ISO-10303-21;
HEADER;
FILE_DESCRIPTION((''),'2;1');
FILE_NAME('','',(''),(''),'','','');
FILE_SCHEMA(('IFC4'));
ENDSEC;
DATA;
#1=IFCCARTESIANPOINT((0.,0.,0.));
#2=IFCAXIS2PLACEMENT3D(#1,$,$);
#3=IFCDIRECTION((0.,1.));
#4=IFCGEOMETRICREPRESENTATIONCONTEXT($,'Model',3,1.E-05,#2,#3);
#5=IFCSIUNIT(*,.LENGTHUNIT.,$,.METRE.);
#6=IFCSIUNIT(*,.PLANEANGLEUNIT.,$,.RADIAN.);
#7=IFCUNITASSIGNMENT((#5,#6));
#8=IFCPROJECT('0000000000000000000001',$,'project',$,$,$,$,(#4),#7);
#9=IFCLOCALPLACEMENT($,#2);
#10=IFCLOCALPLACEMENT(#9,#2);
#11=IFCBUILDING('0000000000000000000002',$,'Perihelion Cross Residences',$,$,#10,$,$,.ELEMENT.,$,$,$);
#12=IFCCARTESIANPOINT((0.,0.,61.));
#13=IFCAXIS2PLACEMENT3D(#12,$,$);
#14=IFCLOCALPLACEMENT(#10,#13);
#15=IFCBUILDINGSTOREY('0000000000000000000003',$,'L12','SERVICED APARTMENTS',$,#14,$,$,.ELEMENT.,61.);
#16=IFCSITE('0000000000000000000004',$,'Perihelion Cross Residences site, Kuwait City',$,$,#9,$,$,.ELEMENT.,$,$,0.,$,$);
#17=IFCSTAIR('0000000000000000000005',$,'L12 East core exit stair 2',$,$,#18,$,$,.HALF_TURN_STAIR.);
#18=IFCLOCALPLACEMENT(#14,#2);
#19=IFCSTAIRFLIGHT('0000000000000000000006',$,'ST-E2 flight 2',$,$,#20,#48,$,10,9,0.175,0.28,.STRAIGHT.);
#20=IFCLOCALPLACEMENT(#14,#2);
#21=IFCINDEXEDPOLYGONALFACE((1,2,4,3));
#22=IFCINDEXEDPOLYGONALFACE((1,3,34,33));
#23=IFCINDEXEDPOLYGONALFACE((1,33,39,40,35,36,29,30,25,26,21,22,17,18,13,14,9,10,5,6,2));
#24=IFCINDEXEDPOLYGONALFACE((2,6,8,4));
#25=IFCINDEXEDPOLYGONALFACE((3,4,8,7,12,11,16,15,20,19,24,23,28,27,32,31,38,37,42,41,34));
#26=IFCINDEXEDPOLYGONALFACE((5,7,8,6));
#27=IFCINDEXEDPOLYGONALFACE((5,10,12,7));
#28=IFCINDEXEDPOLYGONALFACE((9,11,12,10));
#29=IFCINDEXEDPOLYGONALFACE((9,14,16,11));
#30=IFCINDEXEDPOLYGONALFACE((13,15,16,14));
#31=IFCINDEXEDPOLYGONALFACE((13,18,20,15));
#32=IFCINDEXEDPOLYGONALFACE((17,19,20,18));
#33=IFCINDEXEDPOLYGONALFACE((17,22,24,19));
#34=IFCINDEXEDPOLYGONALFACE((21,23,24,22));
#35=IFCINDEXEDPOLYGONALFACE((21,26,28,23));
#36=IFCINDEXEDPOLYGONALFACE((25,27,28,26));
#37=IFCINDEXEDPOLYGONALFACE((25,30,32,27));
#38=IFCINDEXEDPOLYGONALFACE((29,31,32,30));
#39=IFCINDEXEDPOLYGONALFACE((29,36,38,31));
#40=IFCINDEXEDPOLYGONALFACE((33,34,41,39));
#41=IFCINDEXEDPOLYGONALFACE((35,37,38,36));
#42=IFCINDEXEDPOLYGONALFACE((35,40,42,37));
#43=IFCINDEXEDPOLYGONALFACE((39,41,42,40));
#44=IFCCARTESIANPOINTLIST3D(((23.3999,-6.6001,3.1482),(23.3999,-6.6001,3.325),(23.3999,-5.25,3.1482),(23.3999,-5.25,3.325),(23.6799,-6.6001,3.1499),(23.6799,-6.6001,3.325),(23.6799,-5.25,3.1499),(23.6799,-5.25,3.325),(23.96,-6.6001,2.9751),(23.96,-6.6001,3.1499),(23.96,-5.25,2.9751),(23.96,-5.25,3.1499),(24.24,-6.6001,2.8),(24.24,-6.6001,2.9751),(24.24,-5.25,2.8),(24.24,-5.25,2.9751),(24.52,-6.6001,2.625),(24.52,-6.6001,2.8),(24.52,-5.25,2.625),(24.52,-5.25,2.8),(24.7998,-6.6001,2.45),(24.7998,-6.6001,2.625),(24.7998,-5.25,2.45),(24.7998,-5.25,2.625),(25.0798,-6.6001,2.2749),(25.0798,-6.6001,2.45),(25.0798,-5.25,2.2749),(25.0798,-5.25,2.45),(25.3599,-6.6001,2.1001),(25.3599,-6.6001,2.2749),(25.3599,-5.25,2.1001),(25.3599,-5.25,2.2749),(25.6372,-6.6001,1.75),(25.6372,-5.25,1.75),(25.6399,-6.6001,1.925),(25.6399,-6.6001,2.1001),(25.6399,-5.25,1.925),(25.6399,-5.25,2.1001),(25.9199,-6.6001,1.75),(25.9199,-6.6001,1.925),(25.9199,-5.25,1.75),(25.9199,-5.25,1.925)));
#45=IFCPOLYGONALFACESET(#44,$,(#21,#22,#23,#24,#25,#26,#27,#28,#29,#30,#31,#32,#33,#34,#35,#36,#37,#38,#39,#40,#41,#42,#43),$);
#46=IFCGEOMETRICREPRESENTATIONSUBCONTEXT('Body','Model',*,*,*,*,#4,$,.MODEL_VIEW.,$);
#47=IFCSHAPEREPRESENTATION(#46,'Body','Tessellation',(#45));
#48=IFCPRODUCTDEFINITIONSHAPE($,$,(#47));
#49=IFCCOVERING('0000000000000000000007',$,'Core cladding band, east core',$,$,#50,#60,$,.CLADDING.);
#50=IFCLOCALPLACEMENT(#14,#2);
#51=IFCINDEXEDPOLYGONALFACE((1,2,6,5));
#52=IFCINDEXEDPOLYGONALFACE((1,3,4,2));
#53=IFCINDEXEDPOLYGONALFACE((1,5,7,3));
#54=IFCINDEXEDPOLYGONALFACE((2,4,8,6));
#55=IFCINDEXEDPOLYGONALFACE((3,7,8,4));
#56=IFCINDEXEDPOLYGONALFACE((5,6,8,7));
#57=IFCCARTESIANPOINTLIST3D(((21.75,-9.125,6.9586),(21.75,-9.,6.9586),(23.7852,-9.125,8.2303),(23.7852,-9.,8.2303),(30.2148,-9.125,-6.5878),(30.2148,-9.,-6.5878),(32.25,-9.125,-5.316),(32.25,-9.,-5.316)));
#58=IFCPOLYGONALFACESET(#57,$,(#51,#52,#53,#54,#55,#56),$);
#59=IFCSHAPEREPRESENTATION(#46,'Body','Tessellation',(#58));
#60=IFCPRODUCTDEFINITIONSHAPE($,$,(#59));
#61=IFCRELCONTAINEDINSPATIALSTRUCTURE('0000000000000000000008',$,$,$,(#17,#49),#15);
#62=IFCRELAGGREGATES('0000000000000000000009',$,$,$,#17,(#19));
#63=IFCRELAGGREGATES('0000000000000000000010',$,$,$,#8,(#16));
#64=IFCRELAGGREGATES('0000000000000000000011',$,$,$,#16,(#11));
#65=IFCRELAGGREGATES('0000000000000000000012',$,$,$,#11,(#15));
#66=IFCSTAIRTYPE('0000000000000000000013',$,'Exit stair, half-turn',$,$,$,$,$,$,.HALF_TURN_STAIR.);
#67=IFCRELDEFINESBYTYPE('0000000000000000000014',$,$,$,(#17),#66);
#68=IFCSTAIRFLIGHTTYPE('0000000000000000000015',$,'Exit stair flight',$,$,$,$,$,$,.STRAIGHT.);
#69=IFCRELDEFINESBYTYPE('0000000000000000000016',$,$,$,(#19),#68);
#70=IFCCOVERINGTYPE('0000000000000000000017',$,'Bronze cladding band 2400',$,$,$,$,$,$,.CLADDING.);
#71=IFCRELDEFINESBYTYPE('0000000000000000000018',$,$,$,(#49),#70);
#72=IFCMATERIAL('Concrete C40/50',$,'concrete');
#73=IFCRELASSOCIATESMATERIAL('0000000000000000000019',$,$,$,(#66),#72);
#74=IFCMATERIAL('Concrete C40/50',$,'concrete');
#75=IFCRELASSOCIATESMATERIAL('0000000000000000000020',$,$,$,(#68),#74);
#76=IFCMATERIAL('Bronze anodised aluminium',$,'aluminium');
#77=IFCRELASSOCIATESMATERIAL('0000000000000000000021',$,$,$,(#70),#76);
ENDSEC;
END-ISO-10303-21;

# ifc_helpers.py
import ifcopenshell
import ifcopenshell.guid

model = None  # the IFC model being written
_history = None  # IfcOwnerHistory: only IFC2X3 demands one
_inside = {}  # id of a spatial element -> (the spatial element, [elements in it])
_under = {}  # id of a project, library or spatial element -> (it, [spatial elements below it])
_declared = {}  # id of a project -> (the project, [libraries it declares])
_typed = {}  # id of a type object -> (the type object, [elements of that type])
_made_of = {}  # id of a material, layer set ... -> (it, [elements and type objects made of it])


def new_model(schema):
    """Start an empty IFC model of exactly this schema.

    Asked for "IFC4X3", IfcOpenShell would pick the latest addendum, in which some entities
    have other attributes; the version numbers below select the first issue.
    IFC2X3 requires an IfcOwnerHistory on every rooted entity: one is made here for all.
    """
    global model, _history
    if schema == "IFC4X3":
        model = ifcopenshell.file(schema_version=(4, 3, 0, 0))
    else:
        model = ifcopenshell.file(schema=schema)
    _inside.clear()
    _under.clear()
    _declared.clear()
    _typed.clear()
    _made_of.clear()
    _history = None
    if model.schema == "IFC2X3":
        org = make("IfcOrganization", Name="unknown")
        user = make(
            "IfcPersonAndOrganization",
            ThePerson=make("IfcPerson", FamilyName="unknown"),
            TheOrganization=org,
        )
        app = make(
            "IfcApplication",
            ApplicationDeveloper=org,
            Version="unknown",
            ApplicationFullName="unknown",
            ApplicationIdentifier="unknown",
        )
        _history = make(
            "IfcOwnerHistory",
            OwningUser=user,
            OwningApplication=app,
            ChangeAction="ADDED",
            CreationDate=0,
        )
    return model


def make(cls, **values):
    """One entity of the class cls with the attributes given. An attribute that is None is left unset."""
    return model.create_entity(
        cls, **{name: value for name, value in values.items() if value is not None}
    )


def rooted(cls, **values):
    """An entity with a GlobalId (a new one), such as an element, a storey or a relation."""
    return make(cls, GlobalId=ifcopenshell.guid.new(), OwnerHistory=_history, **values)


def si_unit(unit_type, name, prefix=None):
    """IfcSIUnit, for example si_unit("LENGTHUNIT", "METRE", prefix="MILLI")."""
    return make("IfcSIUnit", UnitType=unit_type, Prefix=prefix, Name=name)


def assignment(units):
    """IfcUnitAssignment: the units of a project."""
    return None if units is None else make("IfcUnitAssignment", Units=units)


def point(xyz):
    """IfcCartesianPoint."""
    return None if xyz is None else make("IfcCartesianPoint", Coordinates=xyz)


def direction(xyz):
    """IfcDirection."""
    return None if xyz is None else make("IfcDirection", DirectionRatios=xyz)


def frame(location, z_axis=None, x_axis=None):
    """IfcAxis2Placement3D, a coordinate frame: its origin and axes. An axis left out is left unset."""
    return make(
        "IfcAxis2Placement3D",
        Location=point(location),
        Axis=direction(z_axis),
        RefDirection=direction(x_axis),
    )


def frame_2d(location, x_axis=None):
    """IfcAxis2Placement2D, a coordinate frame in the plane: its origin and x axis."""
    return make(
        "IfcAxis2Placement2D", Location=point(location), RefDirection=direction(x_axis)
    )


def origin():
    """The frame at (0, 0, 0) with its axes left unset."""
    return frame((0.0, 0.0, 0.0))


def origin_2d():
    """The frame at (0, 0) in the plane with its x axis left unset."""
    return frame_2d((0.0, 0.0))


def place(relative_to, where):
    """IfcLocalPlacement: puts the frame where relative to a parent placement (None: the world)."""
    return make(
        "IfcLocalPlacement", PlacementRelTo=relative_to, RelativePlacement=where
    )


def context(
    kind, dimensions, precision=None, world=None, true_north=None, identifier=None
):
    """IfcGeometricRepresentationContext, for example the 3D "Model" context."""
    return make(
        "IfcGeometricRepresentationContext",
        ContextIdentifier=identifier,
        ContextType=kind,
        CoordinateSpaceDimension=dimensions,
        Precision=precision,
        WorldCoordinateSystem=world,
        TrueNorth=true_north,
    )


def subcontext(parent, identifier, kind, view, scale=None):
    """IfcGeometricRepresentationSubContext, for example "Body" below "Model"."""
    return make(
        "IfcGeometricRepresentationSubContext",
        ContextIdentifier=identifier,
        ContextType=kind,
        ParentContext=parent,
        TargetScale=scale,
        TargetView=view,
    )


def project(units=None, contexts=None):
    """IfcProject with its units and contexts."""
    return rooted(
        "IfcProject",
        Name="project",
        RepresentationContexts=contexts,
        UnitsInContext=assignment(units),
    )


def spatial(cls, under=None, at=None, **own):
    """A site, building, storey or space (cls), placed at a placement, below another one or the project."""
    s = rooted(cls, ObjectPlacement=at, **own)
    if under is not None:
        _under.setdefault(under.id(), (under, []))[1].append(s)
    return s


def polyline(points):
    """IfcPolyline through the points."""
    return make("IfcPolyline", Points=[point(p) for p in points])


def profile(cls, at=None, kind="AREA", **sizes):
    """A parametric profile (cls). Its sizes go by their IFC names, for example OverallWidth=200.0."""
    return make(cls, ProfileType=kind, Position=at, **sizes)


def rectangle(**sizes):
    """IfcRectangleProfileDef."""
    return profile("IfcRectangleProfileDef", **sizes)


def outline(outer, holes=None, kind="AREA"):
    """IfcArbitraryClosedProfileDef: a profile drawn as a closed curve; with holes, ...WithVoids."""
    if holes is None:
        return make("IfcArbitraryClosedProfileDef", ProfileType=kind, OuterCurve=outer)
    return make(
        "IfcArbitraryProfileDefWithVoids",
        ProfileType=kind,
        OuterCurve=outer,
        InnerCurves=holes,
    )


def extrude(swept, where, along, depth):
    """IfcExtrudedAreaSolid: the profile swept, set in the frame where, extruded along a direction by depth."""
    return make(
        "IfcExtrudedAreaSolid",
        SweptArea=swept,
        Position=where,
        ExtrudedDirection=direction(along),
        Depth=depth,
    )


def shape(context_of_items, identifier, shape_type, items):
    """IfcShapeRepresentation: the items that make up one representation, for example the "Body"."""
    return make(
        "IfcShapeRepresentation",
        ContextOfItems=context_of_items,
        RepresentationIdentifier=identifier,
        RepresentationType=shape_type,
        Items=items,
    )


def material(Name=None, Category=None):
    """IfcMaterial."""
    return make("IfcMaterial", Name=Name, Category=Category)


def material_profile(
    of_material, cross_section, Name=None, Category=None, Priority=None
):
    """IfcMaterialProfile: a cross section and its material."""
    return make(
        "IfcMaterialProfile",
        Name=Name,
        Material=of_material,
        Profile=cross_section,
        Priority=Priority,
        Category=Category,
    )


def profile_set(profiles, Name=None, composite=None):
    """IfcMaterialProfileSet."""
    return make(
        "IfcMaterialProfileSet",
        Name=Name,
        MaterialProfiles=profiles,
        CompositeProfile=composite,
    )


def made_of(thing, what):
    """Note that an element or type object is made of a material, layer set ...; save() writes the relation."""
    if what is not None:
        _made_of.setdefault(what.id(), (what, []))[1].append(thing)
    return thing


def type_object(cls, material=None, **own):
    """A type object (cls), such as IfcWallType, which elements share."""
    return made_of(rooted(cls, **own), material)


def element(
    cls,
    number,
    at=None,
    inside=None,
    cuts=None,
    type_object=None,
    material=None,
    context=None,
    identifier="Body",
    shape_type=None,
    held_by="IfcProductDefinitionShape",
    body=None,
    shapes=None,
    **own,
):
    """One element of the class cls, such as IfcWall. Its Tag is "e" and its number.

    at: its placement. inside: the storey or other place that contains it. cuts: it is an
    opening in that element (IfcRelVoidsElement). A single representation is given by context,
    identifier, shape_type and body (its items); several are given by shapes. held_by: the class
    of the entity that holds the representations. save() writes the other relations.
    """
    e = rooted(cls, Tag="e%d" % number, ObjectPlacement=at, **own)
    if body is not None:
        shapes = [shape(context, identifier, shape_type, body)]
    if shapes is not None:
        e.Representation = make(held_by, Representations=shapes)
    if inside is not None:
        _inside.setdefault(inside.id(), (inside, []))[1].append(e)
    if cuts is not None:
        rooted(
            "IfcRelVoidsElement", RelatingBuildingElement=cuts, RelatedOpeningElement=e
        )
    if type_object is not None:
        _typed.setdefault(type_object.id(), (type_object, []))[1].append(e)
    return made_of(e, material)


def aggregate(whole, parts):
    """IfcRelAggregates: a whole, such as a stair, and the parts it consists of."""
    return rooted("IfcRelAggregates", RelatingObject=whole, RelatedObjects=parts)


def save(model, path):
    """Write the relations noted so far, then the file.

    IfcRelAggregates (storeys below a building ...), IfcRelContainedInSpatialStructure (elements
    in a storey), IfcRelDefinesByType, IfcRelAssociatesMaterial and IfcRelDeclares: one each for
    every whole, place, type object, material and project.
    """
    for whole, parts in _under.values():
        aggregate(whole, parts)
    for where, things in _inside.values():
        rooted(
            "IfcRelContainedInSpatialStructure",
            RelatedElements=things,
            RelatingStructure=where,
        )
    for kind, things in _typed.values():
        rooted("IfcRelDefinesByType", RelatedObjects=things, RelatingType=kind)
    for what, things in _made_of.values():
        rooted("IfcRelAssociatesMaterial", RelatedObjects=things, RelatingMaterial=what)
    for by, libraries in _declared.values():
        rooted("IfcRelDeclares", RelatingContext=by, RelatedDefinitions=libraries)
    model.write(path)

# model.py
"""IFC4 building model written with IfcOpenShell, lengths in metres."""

from ifc_helpers import new_model, si_unit, direction, frame, origin, origin_2d, place, context, subcontext, project, spatial, polyline, rectangle, outline, extrude, material, material_profile, profile_set, type_object, element, aggregate, save


model = new_model("IFC4")

# Units and contexts
model_context = context("Model", 3, precision=1e-05, world=origin(), true_north=direction((0.0, 1.0)))
body_context = subcontext(model_context, "Body", "Model", "MODEL_VIEW")
ifc_project = project(units=[si_unit("LENGTHUNIT", "METRE"), si_unit("PLANEANGLEUNIT", "RADIAN")], contexts=[model_context])

# Site, building, storey
site_placement = place(None, origin())
site = spatial("IfcSite", under=ifc_project, at=site_placement, Name="Perihelion Cross Residences site, Kuwait City", CompositionType="ELEMENT", RefElevation=0.0)
building_placement = place(site_placement, origin())
building = spatial("IfcBuilding", under=site, at=building_placement, Name="Perihelion Cross Residences", CompositionType="ELEMENT")
storey_placement = place(building_placement, frame((0.0, 0.0, 61.0)))
storey = spatial("IfcBuildingStorey", under=building, at=storey_placement, Name="L12", Description="SERVICED APARTMENTS", CompositionType="ELEMENT", Elevation=61.0)

# Stair, stair flight
ifc_material_1 = material(Name="Concrete C40/50", Category="concrete")
stair_type = type_object("IfcStairType", Name="Exit stair, half-turn", PredefinedType="HALF_TURN_STAIR", material=ifc_material_1)
stair_placement = place(storey_placement, origin())
stair = element("IfcStair", 1, at=stair_placement, inside=storey, type_object=stair_type, Name="L12 East core exit stair 2", PredefinedType="HALF_TURN_STAIR")
ifc_material_2 = material(Name="Concrete C40/50", Category="concrete")
stair_flight_type = type_object("IfcStairFlightType", Name="Exit stair flight", PredefinedType="STRAIGHT", material=ifc_material_2)
stair_flight_placement = place(storey_placement, frame((25.9199, -5.925, 1.75), z_axis=(0.0, 0.0, 1.0), x_axis=(-1.0, 0.0, 0.0)))
stair_flight = element("IfcStairFlight", 2, at=stair_flight_placement, type_object=stair_flight_type, Name="ST-E2 flight 2", NumberOfRisers=10, NumberOfTreads=9, PredefinedType="STRAIGHT", RiserHeight=0.175, TreadLength=0.28, context=body_context, shape_type="SweptSolid", body=[
    extrude(outline(polyline([(0.0, 0.0), (0.0, 0.175), (0.28, 0.175), (0.28, 0.3501), (0.5601, 0.3501), (0.5601, 0.5249), (0.8401, 0.5249), (0.8401, 0.7), (1.1201, 0.7), (1.1201, 0.875), (1.3999, 0.875), (1.3999, 1.05), (1.6799, 1.05), (1.6799, 1.2251), (1.96, 1.2251), (1.96, 1.3999), (2.24, 1.3999), (2.24, 1.575), (2.52, 1.575), (2.52, 1.75), (2.52, 1.3982), (0.2827, 0.0), (0.0, 0.0)])), frame((0.0, 0.675, 0.0), z_axis=(0.0, -1.0, 0.0), x_axis=(1.0, 0.0, 0.0)), (0.0, 0.0, 1.0), 1.3501),
])
aggregate(stair, [stair_flight])

# Covering
ifc_material_3 = material(Name="Bronze anodised aluminium", Category="aluminium")
ifc_material_profile = material_profile(ifc_material_3, rectangle(XDim=0.125, YDim=2.3999, at=origin_2d()), Name="Bronze cladding band 2400")
ifc_profile_set = profile_set([ifc_material_profile], Name="Bronze anodised aluminium")
covering_type = type_object("IfcCoveringType", Name="Bronze cladding band 2400", PredefinedType="CLADDING", material=ifc_profile_set)
covering_placement = place(storey_placement, frame((31.2324, -9.0625, -5.9519), z_axis=(-0.529925, 0.0, 0.848045), x_axis=(0.0, -1.0, 0.0)))
element("IfcCovering", 3, at=covering_placement, inside=storey, type_object=covering_type, Name="Core cladding band, east core", PredefinedType="CLADDING", context=body_context, shape_type="SweptSolid", body=[
    extrude(rectangle(XDim=0.125, YDim=2.3999, at=origin_2d()), origin(), (0.0, 0.0, 1.0), 15.9736),
])

save(model, "model.ifc")
